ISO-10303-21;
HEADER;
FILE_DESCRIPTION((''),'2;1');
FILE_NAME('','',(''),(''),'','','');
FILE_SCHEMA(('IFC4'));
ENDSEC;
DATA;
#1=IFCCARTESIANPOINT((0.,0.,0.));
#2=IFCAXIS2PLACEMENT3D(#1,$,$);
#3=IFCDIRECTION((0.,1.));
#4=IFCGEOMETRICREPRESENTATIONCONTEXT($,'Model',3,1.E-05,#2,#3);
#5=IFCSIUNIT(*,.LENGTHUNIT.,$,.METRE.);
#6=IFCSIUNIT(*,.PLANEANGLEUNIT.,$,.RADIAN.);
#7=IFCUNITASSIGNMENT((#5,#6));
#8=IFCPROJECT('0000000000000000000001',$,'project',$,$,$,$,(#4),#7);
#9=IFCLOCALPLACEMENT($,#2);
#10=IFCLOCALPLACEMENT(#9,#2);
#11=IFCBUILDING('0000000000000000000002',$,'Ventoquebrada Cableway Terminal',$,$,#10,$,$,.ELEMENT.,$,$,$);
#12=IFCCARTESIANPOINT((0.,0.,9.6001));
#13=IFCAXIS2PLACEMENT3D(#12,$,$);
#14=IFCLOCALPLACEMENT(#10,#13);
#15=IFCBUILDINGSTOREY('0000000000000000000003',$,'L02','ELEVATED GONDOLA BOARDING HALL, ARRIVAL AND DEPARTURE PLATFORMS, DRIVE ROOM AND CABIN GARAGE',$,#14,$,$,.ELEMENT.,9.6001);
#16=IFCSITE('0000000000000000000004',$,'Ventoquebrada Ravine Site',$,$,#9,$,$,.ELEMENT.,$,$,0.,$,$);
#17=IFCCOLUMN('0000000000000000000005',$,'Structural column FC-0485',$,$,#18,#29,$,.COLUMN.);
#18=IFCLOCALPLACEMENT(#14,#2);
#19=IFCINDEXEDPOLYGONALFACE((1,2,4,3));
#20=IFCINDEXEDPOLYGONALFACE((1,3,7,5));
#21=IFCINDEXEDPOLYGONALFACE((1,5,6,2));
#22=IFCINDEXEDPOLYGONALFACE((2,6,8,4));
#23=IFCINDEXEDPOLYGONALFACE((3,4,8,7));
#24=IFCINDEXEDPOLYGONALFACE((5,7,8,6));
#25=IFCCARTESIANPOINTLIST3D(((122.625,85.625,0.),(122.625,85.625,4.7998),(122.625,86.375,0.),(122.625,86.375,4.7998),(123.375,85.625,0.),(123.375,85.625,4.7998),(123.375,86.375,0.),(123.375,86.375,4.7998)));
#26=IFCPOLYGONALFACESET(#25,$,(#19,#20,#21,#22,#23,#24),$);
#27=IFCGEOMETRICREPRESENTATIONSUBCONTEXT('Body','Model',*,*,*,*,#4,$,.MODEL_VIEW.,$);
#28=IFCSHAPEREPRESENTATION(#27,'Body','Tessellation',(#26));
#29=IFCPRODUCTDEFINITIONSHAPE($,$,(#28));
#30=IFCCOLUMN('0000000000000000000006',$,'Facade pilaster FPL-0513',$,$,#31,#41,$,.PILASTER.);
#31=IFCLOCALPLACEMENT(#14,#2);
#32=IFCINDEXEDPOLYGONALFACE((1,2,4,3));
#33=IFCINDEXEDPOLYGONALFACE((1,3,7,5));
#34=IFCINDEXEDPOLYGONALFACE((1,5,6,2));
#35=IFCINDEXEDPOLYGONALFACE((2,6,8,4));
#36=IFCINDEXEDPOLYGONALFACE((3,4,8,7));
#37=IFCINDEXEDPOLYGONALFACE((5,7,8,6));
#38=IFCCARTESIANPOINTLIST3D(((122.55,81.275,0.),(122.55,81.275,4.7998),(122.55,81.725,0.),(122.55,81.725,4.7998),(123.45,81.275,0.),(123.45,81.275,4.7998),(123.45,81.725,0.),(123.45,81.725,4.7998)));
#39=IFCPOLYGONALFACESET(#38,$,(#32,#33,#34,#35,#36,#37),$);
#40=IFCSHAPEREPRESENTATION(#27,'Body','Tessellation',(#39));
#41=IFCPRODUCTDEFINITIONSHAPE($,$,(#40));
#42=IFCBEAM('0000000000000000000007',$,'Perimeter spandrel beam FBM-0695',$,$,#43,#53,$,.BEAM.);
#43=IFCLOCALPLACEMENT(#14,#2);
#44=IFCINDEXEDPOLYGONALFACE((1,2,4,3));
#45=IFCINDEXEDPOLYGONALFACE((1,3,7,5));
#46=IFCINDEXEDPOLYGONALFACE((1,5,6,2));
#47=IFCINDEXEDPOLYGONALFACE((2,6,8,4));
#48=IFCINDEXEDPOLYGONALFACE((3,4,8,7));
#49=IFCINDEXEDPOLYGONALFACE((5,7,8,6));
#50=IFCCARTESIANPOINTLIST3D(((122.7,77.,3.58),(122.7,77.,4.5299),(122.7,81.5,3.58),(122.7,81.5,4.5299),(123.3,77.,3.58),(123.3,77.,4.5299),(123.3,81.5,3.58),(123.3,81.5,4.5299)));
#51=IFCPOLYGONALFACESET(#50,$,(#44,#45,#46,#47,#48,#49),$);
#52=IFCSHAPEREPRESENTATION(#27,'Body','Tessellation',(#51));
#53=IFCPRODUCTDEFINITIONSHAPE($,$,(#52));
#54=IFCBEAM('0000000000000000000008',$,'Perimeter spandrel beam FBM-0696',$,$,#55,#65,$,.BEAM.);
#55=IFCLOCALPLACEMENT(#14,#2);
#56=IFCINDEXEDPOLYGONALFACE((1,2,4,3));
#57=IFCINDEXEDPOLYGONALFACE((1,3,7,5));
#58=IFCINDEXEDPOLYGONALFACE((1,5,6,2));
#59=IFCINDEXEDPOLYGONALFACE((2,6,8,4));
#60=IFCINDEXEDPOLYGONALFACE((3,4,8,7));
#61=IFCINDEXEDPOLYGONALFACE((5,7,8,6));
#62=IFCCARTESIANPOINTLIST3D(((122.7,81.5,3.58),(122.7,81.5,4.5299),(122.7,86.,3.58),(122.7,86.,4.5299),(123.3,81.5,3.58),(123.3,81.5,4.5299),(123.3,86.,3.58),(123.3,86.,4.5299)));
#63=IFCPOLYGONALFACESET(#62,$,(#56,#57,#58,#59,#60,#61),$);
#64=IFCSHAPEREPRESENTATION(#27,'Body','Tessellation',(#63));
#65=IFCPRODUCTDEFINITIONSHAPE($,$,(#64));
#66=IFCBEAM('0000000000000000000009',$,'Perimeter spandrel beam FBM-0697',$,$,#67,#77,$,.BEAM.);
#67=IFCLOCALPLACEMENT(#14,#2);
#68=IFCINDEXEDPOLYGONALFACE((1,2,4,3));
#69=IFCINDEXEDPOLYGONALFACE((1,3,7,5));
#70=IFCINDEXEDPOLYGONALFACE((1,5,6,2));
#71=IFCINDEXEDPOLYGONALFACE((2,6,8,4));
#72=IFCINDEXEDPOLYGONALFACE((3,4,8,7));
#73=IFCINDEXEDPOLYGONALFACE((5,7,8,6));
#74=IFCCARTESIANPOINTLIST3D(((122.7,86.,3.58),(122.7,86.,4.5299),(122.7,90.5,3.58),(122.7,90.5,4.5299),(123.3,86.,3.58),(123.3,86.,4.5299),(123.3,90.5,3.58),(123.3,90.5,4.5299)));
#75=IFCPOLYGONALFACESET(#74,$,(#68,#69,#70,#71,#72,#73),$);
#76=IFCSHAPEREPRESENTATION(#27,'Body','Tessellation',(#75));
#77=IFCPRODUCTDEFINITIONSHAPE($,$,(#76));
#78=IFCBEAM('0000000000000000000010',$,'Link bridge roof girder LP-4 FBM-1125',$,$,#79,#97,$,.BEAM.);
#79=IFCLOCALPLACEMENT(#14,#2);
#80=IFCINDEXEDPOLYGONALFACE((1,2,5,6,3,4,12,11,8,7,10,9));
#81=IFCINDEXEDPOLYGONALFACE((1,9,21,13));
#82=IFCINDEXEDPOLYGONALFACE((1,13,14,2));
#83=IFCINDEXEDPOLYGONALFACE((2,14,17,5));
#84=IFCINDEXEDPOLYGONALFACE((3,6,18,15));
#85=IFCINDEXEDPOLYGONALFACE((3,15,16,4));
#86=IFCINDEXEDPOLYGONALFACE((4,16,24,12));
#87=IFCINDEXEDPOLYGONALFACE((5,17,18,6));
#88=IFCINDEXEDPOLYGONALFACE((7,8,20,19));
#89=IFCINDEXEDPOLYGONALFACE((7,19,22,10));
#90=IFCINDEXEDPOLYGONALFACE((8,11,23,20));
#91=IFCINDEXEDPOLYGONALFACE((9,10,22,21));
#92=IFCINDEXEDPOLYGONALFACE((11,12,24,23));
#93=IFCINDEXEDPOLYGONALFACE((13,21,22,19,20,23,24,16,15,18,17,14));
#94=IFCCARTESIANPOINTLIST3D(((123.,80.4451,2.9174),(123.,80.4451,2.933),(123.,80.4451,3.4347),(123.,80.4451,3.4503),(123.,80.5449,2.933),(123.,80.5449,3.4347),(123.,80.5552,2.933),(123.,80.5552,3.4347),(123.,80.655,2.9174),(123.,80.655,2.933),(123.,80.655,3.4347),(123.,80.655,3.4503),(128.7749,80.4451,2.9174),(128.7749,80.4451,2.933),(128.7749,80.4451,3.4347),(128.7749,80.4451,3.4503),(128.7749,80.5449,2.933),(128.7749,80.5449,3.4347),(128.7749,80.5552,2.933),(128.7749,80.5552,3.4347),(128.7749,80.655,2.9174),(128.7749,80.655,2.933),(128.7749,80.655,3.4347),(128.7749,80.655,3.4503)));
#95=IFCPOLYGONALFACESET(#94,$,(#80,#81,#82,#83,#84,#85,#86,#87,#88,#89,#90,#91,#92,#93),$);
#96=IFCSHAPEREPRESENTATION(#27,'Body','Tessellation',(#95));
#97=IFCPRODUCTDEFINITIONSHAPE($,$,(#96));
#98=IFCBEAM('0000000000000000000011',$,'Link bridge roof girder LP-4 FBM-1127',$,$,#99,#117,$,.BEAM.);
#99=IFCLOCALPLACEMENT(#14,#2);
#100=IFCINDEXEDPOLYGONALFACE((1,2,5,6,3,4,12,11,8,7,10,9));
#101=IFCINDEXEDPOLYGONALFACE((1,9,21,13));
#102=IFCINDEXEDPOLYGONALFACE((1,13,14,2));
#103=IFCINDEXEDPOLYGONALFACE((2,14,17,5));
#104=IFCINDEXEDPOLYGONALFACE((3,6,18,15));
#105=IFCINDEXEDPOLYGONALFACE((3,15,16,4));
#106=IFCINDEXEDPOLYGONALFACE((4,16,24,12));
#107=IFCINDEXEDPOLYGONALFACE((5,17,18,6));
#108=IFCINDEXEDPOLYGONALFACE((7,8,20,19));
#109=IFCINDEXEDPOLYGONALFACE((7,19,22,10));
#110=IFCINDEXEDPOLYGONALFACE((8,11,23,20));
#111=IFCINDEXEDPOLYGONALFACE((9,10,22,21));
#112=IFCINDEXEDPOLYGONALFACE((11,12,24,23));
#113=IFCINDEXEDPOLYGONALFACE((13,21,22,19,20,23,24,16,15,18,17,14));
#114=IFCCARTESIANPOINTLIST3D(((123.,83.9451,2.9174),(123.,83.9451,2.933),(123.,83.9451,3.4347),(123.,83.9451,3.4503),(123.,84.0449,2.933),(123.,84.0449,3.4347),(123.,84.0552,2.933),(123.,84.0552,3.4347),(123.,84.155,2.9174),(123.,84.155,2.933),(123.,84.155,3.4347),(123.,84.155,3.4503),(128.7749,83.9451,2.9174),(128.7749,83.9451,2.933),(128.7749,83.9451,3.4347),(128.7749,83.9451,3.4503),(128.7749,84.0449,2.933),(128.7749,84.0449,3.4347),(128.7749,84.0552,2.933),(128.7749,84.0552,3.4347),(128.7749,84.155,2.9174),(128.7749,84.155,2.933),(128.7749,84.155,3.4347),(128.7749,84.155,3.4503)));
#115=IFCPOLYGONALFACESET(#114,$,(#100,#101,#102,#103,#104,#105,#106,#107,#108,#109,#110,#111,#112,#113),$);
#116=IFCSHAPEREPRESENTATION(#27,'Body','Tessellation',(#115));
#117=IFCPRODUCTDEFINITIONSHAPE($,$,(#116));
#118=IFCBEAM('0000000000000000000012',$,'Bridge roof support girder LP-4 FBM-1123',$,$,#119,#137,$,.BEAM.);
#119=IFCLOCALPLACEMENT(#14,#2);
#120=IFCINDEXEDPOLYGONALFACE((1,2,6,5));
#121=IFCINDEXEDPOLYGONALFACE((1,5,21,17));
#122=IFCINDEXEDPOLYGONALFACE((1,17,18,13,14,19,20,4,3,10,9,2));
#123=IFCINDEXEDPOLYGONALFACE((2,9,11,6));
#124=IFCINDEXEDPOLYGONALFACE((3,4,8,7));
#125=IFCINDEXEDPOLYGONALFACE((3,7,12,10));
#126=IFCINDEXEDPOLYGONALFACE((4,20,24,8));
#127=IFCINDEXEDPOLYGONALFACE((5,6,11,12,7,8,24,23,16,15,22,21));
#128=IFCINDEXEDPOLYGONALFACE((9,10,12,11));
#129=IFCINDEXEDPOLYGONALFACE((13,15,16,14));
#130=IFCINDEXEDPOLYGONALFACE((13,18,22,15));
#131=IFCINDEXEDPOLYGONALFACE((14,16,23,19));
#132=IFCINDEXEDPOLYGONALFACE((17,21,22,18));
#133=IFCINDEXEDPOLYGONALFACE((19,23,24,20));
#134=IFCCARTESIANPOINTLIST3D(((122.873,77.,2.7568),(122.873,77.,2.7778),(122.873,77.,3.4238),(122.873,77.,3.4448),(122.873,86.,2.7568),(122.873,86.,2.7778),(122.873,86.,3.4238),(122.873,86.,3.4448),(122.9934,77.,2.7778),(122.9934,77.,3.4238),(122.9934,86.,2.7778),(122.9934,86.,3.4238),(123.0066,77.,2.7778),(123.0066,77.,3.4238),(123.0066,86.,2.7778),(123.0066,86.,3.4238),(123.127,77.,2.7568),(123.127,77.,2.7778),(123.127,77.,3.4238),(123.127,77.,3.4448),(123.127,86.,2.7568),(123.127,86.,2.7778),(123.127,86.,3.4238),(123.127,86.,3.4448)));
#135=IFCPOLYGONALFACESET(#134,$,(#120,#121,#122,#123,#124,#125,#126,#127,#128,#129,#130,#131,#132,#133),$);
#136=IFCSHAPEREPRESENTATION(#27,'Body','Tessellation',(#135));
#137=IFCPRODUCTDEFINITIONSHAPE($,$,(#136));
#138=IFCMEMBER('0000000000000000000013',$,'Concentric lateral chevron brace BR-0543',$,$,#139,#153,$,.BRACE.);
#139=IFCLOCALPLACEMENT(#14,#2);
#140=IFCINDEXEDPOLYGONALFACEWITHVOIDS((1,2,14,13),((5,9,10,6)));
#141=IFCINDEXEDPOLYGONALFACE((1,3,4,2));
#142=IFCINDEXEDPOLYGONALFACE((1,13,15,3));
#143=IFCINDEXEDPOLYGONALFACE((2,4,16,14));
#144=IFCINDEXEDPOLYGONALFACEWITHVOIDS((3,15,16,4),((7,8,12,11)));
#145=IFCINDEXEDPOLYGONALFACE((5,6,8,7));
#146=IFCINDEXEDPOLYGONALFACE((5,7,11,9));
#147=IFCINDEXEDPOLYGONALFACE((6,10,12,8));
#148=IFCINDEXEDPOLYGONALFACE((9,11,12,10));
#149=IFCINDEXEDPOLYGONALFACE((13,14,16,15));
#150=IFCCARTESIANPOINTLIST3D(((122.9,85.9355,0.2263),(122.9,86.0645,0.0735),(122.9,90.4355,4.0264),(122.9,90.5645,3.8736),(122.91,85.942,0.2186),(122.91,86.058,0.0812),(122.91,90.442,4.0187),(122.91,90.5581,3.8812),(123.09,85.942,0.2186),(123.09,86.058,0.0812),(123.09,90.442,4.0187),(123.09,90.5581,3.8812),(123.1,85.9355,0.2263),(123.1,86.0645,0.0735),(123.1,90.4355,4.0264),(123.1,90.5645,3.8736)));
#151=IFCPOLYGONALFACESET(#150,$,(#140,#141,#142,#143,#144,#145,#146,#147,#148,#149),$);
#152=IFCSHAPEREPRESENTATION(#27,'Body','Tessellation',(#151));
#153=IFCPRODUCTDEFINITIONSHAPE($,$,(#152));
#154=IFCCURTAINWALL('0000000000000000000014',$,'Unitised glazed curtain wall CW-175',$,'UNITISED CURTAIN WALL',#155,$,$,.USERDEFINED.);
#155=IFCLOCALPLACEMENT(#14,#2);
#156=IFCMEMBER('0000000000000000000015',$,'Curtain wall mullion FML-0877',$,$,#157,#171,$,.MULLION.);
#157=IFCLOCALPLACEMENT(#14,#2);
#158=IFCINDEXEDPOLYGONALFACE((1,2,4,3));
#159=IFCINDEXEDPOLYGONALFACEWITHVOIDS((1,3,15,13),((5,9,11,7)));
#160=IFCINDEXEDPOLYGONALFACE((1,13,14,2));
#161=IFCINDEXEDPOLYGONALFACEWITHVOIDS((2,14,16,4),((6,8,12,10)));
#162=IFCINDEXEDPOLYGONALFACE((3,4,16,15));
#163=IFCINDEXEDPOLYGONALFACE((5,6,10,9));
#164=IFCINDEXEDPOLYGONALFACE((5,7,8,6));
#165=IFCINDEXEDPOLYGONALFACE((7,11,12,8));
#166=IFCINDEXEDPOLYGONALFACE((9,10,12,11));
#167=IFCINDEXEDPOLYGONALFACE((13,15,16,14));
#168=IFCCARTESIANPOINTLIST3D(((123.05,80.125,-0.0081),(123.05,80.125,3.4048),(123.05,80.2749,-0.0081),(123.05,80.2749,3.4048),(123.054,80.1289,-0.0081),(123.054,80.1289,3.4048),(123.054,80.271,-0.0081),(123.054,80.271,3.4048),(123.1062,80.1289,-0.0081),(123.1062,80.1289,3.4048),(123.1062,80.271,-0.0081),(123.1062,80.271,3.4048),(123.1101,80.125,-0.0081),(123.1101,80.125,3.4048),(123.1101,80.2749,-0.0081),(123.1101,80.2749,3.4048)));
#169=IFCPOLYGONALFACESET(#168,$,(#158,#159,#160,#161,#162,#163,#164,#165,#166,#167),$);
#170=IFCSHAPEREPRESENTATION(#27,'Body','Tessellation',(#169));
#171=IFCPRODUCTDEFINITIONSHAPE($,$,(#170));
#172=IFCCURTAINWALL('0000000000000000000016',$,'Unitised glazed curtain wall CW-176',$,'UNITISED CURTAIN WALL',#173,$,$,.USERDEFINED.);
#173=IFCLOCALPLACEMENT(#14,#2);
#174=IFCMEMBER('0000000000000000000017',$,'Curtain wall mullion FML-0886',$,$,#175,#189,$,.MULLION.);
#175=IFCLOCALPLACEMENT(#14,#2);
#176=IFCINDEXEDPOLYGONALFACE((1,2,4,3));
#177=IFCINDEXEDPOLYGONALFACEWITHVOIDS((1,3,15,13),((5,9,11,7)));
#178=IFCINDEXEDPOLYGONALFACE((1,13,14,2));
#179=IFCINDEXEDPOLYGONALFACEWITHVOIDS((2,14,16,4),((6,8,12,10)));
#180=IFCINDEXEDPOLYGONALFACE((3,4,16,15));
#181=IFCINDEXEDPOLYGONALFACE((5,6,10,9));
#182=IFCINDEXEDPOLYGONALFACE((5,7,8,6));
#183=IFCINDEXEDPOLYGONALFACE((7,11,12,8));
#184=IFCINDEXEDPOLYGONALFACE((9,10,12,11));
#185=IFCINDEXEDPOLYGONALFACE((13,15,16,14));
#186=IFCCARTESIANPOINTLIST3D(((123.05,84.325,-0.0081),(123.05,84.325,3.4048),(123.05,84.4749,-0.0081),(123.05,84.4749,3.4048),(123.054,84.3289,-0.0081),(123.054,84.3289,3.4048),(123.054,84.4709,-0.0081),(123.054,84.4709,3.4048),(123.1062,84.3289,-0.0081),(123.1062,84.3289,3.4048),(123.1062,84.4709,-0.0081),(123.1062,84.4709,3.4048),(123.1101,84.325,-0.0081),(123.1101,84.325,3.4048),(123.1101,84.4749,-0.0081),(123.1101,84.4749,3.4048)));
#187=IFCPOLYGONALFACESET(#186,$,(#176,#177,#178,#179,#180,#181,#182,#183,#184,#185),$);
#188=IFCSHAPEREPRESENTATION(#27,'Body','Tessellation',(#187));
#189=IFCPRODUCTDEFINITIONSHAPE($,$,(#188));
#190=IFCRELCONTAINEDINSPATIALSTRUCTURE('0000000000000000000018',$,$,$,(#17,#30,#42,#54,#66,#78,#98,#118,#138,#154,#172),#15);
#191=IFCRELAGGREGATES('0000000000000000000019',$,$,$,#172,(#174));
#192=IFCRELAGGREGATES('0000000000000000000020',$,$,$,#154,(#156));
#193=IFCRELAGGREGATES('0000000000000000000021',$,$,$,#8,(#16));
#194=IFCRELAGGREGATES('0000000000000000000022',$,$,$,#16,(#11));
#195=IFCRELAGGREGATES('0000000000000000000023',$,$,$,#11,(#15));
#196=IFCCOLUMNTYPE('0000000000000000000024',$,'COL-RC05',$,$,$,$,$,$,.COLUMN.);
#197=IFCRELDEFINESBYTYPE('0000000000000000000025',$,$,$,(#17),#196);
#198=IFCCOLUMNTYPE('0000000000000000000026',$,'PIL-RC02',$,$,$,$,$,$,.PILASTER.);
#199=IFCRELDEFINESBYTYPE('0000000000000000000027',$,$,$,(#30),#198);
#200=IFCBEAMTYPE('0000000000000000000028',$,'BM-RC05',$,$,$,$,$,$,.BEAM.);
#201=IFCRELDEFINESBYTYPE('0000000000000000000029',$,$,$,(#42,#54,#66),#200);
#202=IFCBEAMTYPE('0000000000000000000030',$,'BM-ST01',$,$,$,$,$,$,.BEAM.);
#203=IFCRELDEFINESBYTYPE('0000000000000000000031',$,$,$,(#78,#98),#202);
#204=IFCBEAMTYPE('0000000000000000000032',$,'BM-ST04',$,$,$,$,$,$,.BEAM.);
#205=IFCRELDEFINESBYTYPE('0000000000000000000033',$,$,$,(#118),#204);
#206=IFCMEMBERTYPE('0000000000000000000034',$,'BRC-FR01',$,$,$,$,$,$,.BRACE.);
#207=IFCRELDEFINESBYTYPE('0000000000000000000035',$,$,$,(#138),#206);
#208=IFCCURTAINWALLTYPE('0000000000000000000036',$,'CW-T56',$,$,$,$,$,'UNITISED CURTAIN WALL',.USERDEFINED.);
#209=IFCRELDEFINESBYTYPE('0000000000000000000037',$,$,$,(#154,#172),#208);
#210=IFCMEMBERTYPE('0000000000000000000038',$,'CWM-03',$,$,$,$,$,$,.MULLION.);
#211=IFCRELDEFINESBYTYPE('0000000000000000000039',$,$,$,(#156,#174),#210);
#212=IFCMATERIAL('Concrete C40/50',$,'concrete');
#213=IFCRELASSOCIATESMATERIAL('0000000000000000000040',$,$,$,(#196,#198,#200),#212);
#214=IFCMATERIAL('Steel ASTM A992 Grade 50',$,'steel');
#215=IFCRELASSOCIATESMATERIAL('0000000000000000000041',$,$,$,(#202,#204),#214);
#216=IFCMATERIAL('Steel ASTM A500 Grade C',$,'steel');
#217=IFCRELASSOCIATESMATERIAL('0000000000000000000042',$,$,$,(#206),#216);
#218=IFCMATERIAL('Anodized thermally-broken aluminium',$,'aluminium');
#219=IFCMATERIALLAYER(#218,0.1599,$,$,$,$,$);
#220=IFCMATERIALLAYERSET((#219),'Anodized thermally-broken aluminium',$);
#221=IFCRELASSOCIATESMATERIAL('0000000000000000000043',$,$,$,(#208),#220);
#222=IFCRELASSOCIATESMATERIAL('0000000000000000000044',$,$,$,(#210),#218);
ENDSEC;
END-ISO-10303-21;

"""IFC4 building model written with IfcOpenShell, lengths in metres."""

from ifc_helpers import new_model, si_unit, direction, frame, origin, origin_2d, place, context, subcontext, project, spatial, rectangle, hollow_rectangle, i_section, extrude, material, layer, layer_set, material_profile, profile_set, type_object, element, aggregate, save


model = new_model("IFC4")

# Units and contexts
model_context = context("Model", 3, precision=1e-05, world=origin(), true_north=direction((0.0, 1.0)))
body_context = subcontext(model_context, "Body", "Model", "MODEL_VIEW")
ifc_project = project(units=[si_unit("LENGTHUNIT", "METRE"), si_unit("PLANEANGLEUNIT", "RADIAN")], contexts=[model_context])

# Site, building, storey
site_placement = place(None, origin())
site = spatial("IfcSite", under=ifc_project, at=site_placement, Name="Ventoquebrada Ravine Site", CompositionType="ELEMENT", RefElevation=0.0)
building_placement = place(site_placement, origin())
building = spatial("IfcBuilding", under=site, at=building_placement, Name="Ventoquebrada Cableway Terminal", CompositionType="ELEMENT")
storey_placement = place(building_placement, frame((0.0, 0.0, 9.6001)))
storey = spatial("IfcBuildingStorey", under=building, at=storey_placement, Name="L02", Description="ELEVATED GONDOLA BOARDING HALL, ARRIVAL AND DEPARTURE PLATFORMS, DRIVE ROOM AND CABIN GARAGE", CompositionType="ELEMENT", Elevation=9.6001)

# Columns
ifc_material_1 = material(Name="Concrete C40/50", Category="concrete")
ifc_material_profile_1 = material_profile(ifc_material_1, rectangle(XDim=0.75, YDim=0.75, at=origin_2d()), Name="RC-COL-750X750")
ifc_profile_set_1 = profile_set([ifc_material_profile_1], Name="Concrete C40/50")
column_type_1 = type_object("IfcColumnType", Name="COL-RC05", PredefinedType="COLUMN", material=ifc_profile_set_1)
column_1_placement = place(storey_placement, frame((123.0, 86.0, 0.0), z_axis=(0.0, 0.0, 1.0), x_axis=(1.0, 0.0, 0.0)))
element("IfcColumn", 1, at=column_1_placement, inside=storey, type_object=column_type_1, Name="Structural column FC-0485", PredefinedType="COLUMN", context=body_context, shape_type="SweptSolid", body=[
    extrude(rectangle(XDim=0.75, YDim=0.75, at=origin_2d()), origin(), (0.0, 0.0, 1.0), 4.7998),
])
ifc_material_profile_2 = material_profile(ifc_material_1, rectangle(XDim=0.45, YDim=0.8999, at=origin_2d()), Name="RC-PIL-450X900")
ifc_profile_set_2 = profile_set([ifc_material_profile_2], Name="Concrete C40/50")
column_type_2 = type_object("IfcColumnType", Name="PIL-RC02", PredefinedType="PILASTER", material=ifc_profile_set_2)
column_2_placement = place(storey_placement, frame((123.0, 81.5, 0.0), z_axis=(0.0, 0.0, 1.0), x_axis=(0.0, 1.0, 0.0)))
element("IfcColumn", 2, at=column_2_placement, inside=storey, type_object=column_type_2, Name="Facade pilaster FPL-0513", PredefinedType="PILASTER", context=body_context, shape_type="SweptSolid", body=[
    extrude(rectangle(XDim=0.45, YDim=0.8999, at=origin_2d()), origin(), (0.0, 0.0, 1.0), 4.7998),
])

# Beams
ifc_material_profile_3 = material_profile(ifc_material_1, rectangle(XDim=0.6001, YDim=0.95, at=origin_2d()), Name="RC-BM-600X950")
ifc_profile_set_3 = profile_set([ifc_material_profile_3], Name="Concrete C40/50")
beam_type_1 = type_object("IfcBeamType", Name="BM-RC05", PredefinedType="BEAM", material=ifc_profile_set_3)
for number, where, z_axis, x_axis, name in (
    (3, (123.0, 77.0, 4.0549), (0.0, 1.0, 0.0), (-1.0, 0.0, 0.0), "Perimeter spandrel beam FBM-0695"),
    (4, (123.0, 81.5, 4.0549), (0.0, 1.0, 0.0), (-1.0, 0.0, 0.0), "Perimeter spandrel beam FBM-0696"),
    (5, (123.0, 86.0, 4.0549), (0.0, 1.0, 0.0), (-1.0, 0.0, 0.0), "Perimeter spandrel beam FBM-0697"),
):
    element("IfcBeam", number, at=place(storey_placement, frame(where, z_axis=z_axis, x_axis=x_axis)), inside=storey, type_object=beam_type_1, Name=name, PredefinedType="BEAM", context=body_context, shape_type="SweptSolid", body=[
        extrude(rectangle(XDim=0.6001, YDim=0.95, at=origin_2d()), origin(), (0.0, 0.0, 1.0), 4.5),
    ])
ifc_material_2 = material(Name="Steel ASTM A992 Grade 50", Category="steel")
ifc_material_profile_4 = material_profile(ifc_material_2, i_section(OverallWidth=0.21, OverallDepth=0.533, WebThickness=0.0103, FlangeThickness=0.0156, at=origin_2d()), Name="W21X62")
ifc_profile_set_4 = profile_set([ifc_material_profile_4], Name="Steel ASTM A992 Grade 50")
beam_type_2 = type_object("IfcBeamType", Name="BM-ST01", PredefinedType="BEAM", material=ifc_profile_set_4)
for number, where, z_axis, x_axis, name in (
    (6, (123.0, 80.55, 3.1838), (1.0, 0.0, 0.0), (0.0, 1.0, 0.0), "Link bridge roof girder LP-4 FBM-1125"),
    (7, (123.0, 84.05, 3.1838), (1.0, 0.0, 0.0), (0.0, 1.0, 0.0), "Link bridge roof girder LP-4 FBM-1127"),
):
    element("IfcBeam", number, at=place(storey_placement, frame(where, z_axis=z_axis, x_axis=x_axis)), inside=storey, type_object=beam_type_2, Name=name, PredefinedType="BEAM", context=body_context, shape_type="SweptSolid", body=[
        extrude(i_section(OverallWidth=0.21, OverallDepth=0.533, WebThickness=0.0103, FlangeThickness=0.0156, at=origin_2d()), origin(), (0.0, 0.0, 1.0), 5.7749),
    ])
ifc_material_profile_5 = material_profile(ifc_material_2, i_section(OverallWidth=0.2539, OverallDepth=0.688, WebThickness=0.0132, FlangeThickness=0.021, at=origin_2d()), Name="W27X102")
ifc_profile_set_5 = profile_set([ifc_material_profile_5], Name="Steel ASTM A992 Grade 50")
beam_type_3 = type_object("IfcBeamType", Name="BM-ST04", PredefinedType="BEAM", material=ifc_profile_set_5)
beam_placement = place(storey_placement, frame((123.0, 77.0, 3.1008), z_axis=(0.0, 1.0, 0.0), x_axis=(-1.0, 0.0, 0.0)))
element("IfcBeam", 8, at=beam_placement, inside=storey, type_object=beam_type_3, Name="Bridge roof support girder LP-4 FBM-1123", PredefinedType="BEAM", context=body_context, shape_type="SweptSolid", body=[
    extrude(i_section(OverallWidth=0.2539, OverallDepth=0.688, WebThickness=0.0132, FlangeThickness=0.021, at=origin_2d()), origin(), (0.0, 0.0, 1.0), 9.0),
])

# Member
ifc_material_3 = material(Name="Steel ASTM A500 Grade C", Category="steel")
ifc_material_profile_6 = material_profile(ifc_material_3, hollow_rectangle(XDim=0.2, YDim=0.2, WallThickness=0.01, at=origin_2d()), Name="HSS200X200X10")
ifc_profile_set_6 = profile_set([ifc_material_profile_6], Name="Steel ASTM A500 Grade C")
member_type_1 = type_object("IfcMemberType", Name="BRC-FR01", PredefinedType="BRACE", material=ifc_profile_set_6)
member_1_placement = place(storey_placement, frame((123.0, 86.0, 0.1499), z_axis=(0.0, 0.764026, 0.645186), x_axis=(-1.0, 0.0, 0.0)))
element("IfcMember", 9, at=member_1_placement, inside=storey, type_object=member_type_1, Name="Concentric lateral chevron brace BR-0543", PredefinedType="BRACE", context=body_context, shape_type="SweptSolid", body=[
    extrude(hollow_rectangle(XDim=0.2, YDim=0.2, WallThickness=0.01, at=origin_2d()), origin(), (0.0, 0.0, 1.0), 5.8899),
])

# Curtain walls, members
ifc_material_4 = material(Name="Anodized thermally-broken aluminium", Category="aluminium")
ifc_layer_1 = layer(ifc_material_4, 0.1599)
ifc_layer_set_1 = layer_set([ifc_layer_1], Name="Anodized thermally-broken aluminium")
curtain_wall_type = type_object("IfcCurtainWallType", Name="CW-T56", ElementType="UNITISED CURTAIN WALL", PredefinedType="USERDEFINED", material=ifc_layer_set_1)
curtain_wall_1_placement = place(storey_placement, origin())
curtain_wall_1 = element("IfcCurtainWall", 10, at=curtain_wall_1_placement, inside=storey, type_object=curtain_wall_type, Name="Unitised glazed curtain wall CW-175", ObjectType="UNITISED CURTAIN WALL", PredefinedType="USERDEFINED")
ifc_material_profile_7 = material_profile(ifc_material_4, hollow_rectangle(XDim=0.0601, YDim=0.1499, WallThickness=0.0039, at=origin_2d()), Name="CW-MUL-60X150")
ifc_profile_set_7 = profile_set([ifc_material_profile_7], Name="Anodized thermally-broken aluminium")
member_type_2 = type_object("IfcMemberType", Name="CWM-03", PredefinedType="MULLION", material=ifc_profile_set_7)
member_2_placement = place(storey_placement, frame((123.0801, 80.2, -0.0081), z_axis=(0.0, 0.0, 1.0), x_axis=(1.0, 0.0, 0.0)))
member_2 = element("IfcMember", 11, at=member_2_placement, type_object=member_type_2, Name="Curtain wall mullion FML-0877", PredefinedType="MULLION", context=body_context, shape_type="SweptSolid", body=[
    extrude(hollow_rectangle(XDim=0.0601, YDim=0.1499, WallThickness=0.0039, at=origin_2d()), origin(), (0.0, 0.0, 1.0), 3.4128),
])
curtain_wall_2_placement = place(storey_placement, origin())
curtain_wall_2 = element("IfcCurtainWall", 12, at=curtain_wall_2_placement, inside=storey, type_object=curtain_wall_type, Name="Unitised glazed curtain wall CW-176", ObjectType="UNITISED CURTAIN WALL", PredefinedType="USERDEFINED")
member_3_placement = place(storey_placement, frame((123.0801, 84.3999, -0.0081), z_axis=(0.0, 0.0, 1.0), x_axis=(-1.0, 0.0, 0.0)))
member_3 = element("IfcMember", 13, at=member_3_placement, type_object=member_type_2, Name="Curtain wall mullion FML-0886", PredefinedType="MULLION", context=body_context, shape_type="SweptSolid", body=[
    extrude(hollow_rectangle(XDim=0.0601, YDim=0.1499, WallThickness=0.0039, at=origin_2d()), origin(), (0.0, 0.0, 1.0), 3.4128),
])
aggregate(curtain_wall_2, [member_3])

aggregate(curtain_wall_1, [member_2])

save(model, "model.ifc")
